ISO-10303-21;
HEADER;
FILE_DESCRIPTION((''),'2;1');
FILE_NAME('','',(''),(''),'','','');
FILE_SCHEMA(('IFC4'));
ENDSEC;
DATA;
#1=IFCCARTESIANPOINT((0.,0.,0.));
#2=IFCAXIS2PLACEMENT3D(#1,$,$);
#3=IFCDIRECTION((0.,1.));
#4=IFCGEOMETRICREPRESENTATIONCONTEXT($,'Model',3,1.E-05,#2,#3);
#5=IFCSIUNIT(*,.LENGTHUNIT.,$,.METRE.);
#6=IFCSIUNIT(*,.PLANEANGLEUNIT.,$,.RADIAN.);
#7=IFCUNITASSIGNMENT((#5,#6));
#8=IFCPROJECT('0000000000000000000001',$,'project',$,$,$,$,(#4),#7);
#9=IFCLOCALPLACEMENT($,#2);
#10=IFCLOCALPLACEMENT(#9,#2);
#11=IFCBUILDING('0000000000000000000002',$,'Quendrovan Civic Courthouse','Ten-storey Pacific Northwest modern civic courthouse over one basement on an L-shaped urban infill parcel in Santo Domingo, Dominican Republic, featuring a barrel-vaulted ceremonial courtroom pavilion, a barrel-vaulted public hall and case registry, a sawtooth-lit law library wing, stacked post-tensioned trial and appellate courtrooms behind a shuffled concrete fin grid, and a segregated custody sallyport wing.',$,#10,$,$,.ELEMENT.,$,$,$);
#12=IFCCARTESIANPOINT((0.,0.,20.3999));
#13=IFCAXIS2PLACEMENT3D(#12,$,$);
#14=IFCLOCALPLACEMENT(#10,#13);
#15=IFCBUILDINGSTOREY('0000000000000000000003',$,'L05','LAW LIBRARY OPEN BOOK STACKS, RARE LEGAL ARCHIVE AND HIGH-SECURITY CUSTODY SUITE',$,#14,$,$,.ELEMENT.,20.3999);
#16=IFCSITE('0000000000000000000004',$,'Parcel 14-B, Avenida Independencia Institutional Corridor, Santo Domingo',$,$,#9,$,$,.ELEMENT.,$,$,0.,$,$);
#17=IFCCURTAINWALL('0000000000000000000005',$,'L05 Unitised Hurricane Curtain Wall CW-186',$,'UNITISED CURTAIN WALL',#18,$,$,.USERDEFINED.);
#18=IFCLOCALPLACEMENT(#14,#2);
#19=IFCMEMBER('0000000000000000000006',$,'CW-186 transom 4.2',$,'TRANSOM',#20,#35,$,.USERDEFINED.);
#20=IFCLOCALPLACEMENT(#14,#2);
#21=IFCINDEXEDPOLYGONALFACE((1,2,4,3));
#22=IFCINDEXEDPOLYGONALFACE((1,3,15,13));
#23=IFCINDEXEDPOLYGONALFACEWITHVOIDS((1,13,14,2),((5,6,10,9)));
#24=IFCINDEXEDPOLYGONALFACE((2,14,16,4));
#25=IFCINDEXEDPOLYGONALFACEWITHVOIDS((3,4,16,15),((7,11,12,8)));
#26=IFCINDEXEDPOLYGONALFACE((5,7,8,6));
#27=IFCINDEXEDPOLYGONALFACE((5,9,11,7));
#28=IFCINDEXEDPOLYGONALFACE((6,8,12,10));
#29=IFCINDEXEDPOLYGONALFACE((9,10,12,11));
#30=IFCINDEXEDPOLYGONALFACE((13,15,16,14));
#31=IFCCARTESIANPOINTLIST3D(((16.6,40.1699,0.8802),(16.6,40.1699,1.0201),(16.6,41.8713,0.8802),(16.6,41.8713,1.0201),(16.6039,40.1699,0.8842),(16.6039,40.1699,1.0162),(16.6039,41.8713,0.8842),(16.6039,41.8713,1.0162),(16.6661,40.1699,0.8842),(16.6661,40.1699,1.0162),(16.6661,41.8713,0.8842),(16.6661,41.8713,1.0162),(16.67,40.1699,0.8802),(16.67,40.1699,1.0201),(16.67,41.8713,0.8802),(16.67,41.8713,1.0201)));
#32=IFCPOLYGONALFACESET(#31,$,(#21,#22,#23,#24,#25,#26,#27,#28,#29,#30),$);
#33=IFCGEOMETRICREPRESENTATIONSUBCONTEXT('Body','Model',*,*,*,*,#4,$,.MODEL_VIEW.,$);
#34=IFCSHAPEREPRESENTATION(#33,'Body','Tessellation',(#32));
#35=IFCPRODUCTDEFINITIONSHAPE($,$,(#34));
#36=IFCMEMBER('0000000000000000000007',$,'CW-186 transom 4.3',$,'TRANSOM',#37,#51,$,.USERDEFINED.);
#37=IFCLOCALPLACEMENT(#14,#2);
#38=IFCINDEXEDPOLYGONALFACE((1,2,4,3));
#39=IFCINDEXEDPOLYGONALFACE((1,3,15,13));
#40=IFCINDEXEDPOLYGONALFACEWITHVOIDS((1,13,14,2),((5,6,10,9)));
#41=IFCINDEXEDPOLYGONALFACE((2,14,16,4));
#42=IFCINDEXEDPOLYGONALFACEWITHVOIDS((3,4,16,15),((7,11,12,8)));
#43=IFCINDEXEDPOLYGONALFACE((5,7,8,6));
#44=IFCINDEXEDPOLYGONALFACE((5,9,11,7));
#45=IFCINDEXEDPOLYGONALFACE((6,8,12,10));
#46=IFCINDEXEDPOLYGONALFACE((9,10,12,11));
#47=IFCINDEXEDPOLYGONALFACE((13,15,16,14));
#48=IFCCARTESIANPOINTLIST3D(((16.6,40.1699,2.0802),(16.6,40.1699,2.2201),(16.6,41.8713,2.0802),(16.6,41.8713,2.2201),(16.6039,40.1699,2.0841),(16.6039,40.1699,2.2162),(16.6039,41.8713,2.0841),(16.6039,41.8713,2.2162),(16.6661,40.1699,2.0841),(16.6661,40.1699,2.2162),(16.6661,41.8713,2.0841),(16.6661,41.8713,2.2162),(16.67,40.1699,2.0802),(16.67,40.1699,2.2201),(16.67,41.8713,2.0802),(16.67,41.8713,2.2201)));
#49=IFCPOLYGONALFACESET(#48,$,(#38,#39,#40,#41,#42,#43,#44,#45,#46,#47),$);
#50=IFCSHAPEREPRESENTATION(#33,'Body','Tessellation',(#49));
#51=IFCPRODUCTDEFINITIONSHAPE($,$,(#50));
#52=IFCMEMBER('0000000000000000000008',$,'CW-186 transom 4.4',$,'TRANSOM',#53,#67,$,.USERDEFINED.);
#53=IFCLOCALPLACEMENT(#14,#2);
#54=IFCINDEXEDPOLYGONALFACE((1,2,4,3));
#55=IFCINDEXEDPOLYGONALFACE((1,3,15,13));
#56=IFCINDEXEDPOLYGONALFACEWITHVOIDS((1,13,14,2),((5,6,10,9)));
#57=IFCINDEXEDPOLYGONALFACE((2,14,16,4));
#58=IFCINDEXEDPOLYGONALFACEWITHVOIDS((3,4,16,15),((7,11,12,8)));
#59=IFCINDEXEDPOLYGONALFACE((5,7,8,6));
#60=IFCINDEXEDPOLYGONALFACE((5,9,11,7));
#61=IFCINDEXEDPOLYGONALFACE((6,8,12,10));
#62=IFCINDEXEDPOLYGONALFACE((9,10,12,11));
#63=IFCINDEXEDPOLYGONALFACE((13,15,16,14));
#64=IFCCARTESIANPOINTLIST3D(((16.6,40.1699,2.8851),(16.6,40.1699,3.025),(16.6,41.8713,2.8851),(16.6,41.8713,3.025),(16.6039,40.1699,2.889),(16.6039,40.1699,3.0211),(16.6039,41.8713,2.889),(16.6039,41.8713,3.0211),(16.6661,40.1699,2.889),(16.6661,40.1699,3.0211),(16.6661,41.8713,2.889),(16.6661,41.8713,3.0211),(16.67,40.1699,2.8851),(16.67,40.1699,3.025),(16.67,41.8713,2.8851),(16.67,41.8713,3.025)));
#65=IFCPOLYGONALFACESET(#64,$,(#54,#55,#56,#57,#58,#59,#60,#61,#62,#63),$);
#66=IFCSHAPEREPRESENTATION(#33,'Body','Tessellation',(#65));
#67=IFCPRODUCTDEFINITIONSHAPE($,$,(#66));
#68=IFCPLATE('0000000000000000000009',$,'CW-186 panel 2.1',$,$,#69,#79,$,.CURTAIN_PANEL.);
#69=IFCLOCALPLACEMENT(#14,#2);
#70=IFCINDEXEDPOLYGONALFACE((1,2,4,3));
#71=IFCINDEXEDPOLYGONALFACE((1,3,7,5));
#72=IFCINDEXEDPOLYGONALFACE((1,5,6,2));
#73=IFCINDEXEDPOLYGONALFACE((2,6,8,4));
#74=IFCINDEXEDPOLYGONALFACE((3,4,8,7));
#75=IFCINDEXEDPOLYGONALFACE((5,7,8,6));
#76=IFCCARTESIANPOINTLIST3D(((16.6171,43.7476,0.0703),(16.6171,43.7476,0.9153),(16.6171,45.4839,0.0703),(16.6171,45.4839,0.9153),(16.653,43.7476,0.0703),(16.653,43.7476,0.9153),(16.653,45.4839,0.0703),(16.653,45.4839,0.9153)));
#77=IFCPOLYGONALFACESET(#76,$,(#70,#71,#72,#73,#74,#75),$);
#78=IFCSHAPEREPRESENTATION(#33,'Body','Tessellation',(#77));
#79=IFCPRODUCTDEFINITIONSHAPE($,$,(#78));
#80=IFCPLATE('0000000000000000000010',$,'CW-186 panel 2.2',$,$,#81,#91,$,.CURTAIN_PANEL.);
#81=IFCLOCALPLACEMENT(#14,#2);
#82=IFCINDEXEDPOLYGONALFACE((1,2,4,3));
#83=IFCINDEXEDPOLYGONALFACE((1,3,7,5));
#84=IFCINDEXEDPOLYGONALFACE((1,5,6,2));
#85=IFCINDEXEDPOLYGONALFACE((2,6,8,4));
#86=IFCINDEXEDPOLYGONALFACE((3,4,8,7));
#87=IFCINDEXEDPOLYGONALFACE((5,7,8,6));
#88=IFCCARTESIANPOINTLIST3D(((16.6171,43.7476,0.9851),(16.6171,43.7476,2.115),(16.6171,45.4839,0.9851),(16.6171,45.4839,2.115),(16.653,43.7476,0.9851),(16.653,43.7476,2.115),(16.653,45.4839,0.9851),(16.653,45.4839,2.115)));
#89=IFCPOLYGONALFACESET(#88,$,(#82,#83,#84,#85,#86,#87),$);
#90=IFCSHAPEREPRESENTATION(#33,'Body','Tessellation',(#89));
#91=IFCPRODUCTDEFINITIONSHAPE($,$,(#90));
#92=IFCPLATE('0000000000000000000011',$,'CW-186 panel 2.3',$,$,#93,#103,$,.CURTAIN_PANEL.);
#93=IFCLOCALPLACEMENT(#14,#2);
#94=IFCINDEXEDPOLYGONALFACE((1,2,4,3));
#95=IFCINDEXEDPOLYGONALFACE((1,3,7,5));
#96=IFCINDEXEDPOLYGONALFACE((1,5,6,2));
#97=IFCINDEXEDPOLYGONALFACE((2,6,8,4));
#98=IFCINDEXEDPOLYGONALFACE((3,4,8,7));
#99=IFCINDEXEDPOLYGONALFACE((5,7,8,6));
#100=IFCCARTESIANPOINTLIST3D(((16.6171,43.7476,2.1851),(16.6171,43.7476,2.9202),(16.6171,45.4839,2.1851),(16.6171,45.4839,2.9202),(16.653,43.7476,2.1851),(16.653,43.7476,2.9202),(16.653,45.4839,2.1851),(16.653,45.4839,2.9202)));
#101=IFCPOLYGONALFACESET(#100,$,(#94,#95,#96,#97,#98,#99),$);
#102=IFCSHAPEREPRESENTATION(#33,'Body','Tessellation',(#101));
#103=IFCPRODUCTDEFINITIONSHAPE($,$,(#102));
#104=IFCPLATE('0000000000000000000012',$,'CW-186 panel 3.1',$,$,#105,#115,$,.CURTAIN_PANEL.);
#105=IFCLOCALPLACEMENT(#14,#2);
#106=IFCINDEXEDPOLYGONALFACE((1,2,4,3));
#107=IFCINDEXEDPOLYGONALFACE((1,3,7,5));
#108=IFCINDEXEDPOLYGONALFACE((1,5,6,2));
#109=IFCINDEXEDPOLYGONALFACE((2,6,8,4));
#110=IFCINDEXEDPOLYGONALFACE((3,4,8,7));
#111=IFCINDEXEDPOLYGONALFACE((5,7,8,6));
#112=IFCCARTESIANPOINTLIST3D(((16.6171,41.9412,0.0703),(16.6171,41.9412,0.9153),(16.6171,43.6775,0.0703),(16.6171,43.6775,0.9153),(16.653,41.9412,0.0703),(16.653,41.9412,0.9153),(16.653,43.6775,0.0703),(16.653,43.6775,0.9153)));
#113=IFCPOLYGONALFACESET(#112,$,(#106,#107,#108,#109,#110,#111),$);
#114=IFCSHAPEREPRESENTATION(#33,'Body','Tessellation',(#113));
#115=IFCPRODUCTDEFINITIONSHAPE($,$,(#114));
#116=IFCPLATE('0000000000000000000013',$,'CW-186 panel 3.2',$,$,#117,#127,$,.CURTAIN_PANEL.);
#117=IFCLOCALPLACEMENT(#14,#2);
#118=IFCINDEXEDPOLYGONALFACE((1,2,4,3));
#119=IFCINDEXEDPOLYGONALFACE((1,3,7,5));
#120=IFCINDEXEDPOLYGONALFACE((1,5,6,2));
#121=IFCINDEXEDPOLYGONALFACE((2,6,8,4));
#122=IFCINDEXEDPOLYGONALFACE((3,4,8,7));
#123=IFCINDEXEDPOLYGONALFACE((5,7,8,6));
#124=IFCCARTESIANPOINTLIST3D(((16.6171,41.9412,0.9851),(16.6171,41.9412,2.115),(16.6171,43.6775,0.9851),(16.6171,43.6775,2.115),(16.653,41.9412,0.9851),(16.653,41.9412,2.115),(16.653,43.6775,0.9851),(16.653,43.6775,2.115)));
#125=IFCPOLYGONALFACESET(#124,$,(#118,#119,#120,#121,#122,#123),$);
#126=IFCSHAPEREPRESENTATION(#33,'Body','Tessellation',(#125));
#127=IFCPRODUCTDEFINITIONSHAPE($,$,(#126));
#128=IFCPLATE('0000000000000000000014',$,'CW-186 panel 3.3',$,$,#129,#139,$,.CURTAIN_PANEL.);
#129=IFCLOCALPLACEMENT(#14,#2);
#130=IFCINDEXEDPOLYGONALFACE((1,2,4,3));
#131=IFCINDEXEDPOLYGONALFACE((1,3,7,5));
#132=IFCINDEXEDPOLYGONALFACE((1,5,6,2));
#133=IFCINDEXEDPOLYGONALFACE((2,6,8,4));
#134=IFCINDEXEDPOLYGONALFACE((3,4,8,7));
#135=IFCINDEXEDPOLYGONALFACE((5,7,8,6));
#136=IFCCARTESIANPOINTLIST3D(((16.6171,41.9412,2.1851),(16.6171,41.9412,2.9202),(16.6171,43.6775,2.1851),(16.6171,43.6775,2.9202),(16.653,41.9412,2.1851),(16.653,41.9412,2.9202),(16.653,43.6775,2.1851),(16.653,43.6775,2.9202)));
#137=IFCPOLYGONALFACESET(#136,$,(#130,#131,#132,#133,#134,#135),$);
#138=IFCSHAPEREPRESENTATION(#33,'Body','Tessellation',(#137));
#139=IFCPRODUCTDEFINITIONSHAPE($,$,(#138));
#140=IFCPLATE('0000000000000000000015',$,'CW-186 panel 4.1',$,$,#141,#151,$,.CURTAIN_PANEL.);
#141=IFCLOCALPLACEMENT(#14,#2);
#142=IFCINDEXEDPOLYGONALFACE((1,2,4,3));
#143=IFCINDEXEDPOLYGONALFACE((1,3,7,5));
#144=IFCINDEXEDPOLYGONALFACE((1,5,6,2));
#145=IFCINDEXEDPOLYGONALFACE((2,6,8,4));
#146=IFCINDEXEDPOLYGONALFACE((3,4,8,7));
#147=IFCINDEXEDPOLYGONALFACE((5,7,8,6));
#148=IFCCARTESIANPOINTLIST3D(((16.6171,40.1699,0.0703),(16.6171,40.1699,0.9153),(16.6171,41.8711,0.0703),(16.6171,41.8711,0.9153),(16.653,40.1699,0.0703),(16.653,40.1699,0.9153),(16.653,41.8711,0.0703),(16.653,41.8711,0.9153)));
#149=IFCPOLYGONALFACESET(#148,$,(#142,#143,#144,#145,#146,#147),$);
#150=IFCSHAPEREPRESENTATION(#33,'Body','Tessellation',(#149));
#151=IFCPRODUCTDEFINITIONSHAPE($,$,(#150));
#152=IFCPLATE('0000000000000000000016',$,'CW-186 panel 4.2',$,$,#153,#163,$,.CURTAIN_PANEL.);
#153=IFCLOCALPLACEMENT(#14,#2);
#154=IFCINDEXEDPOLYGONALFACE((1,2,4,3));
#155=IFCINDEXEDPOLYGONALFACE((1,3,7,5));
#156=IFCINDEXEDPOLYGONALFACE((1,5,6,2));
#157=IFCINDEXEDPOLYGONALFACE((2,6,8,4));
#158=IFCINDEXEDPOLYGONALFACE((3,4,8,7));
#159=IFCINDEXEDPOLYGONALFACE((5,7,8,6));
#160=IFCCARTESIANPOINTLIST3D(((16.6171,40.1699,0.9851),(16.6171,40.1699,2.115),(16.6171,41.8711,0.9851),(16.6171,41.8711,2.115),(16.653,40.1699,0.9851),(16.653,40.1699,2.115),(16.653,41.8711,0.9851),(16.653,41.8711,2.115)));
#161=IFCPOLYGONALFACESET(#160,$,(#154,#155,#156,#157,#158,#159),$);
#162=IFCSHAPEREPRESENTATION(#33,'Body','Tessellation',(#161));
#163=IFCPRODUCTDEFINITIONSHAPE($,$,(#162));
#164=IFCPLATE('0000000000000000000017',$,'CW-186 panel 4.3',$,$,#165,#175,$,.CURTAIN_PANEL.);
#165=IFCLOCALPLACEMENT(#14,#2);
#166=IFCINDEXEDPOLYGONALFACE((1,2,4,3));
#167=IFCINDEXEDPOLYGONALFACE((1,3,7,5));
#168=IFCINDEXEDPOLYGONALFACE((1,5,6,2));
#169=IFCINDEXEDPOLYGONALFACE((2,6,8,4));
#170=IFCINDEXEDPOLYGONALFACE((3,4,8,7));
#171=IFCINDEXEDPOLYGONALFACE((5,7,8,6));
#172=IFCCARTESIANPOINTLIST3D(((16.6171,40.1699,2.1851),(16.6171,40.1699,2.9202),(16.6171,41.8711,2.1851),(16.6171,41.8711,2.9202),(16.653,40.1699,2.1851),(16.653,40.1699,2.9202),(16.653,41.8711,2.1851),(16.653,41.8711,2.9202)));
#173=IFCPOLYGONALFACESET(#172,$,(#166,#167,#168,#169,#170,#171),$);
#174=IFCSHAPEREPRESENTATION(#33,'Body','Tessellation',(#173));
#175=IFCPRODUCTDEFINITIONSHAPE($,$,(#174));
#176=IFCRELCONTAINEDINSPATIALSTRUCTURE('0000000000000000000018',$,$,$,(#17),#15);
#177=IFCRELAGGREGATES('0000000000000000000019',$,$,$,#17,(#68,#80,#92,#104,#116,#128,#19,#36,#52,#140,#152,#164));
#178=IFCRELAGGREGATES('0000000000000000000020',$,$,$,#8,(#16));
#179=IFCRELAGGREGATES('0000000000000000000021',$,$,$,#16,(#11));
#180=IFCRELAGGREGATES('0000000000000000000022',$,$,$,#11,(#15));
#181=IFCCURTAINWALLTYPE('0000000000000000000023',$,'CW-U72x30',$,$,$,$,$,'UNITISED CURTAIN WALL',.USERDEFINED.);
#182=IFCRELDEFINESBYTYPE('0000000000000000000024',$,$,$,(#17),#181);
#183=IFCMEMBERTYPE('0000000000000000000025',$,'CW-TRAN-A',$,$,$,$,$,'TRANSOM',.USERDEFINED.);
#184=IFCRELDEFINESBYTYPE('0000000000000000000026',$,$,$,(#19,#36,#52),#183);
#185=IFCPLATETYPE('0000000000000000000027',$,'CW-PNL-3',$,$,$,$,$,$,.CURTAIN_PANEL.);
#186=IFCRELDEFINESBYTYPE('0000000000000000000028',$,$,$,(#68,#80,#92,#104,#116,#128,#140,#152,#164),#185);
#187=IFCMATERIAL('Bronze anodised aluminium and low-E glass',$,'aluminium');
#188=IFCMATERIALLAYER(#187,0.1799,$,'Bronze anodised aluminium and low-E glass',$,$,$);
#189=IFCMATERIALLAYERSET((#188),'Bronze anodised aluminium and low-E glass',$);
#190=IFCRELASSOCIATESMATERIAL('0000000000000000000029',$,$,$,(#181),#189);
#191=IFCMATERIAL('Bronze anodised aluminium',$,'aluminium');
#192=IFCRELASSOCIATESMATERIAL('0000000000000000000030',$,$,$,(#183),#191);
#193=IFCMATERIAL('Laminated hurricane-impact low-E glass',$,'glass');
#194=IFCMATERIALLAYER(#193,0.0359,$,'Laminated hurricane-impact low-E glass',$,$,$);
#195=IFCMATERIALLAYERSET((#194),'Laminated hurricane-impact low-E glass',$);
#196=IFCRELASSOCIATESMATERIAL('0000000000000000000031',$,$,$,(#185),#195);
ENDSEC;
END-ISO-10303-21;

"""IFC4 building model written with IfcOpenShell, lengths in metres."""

from ifc_helpers import new_model, si_unit, direction, frame, origin, origin_2d, place, context, subcontext, project, spatial, rectangle, hollow_rectangle, extrude, material, layer, layer_set, material_profile, profile_set, type_object, element, aggregate, save


model = new_model("IFC4")

# Units and contexts
model_context = context("Model", 3, precision=1e-05, world=origin(), true_north=direction((0.0, 1.0)))
body_context = subcontext(model_context, "Body", "Model", "MODEL_VIEW")
ifc_project = project(units=[si_unit("LENGTHUNIT", "METRE"), si_unit("PLANEANGLEUNIT", "RADIAN")], contexts=[model_context])

# Site, building, storey
site_placement = place(None, origin())
site = spatial("IfcSite", under=ifc_project, at=site_placement, Name="Parcel 14-B, Avenida Independencia Institutional Corridor, Santo Domingo", CompositionType="ELEMENT", RefElevation=0.0)
building_placement = place(site_placement, origin())
building = spatial("IfcBuilding", under=site, at=building_placement, Name="Quendrovan Civic Courthouse", Description="Ten-storey Pacific Northwest modern civic courthouse over one basement on an L-shaped urban infill parcel in Santo Domingo, Dominican Republic, featuring a barrel-vaulted ceremonial courtroom pavilion, a barrel-vaulted public hall and case registry, a sawtooth-lit law library wing, stacked post-tensioned trial and appellate courtrooms behind a shuffled concrete fin grid, and a segregated custody sallyport wing.", CompositionType="ELEMENT")
storey_placement = place(building_placement, frame((0.0, 0.0, 20.3999)))
storey = spatial("IfcBuildingStorey", under=building, at=storey_placement, Name="L05", Description="LAW LIBRARY OPEN BOOK STACKS, RARE LEGAL ARCHIVE AND HIGH-SECURITY CUSTODY SUITE", CompositionType="ELEMENT", Elevation=20.3999)

# Curtain wall, members, plates
ifc_material_1 = material(Name="Bronze anodised aluminium and low-E glass", Category="aluminium")
ifc_layer_1 = layer(ifc_material_1, 0.1799, Name="Bronze anodised aluminium and low-E glass")
ifc_layer_set_1 = layer_set([ifc_layer_1], Name="Bronze anodised aluminium and low-E glass")
curtain_wall_type = type_object("IfcCurtainWallType", Name="CW-U72x30", ElementType="UNITISED CURTAIN WALL", PredefinedType="USERDEFINED", material=ifc_layer_set_1)
curtain_wall_placement = place(storey_placement, origin())
curtain_wall = element("IfcCurtainWall", 1, at=curtain_wall_placement, inside=storey, type_object=curtain_wall_type, Name="L05 Unitised Hurricane Curtain Wall CW-186", ObjectType="UNITISED CURTAIN WALL", PredefinedType="USERDEFINED")
ifc_material_2 = material(Name="Bronze anodised aluminium", Category="aluminium")
ifc_material_profile_1 = material_profile(ifc_material_2, hollow_rectangle(XDim=0.0701, YDim=0.1399, WallThickness=0.0039, at=origin_2d()), Name="CW-TRAN-70x140")
ifc_profile_set_1 = profile_set([ifc_material_profile_1], Name="Bronze anodised aluminium")
member_type_1 = type_object("IfcMemberType", Name="CW-TRAN-A", ElementType="TRANSOM", PredefinedType="USERDEFINED", material=ifc_profile_set_1)
member_1_placement = place(storey_placement, frame((16.635, 41.8713, 0.9502), z_axis=(0.0, -1.0, 0.0), x_axis=(1.0, 0.0, 0.0)))
member_1 = element("IfcMember", 2, at=member_1_placement, type_object=member_type_1, Name="CW-186 transom 4.2", ObjectType="TRANSOM", PredefinedType="USERDEFINED", context=body_context, shape_type="SweptSolid", body=[
    extrude(hollow_rectangle(XDim=0.0701, YDim=0.1399, WallThickness=0.0039, at=origin_2d()), origin(), (0.0, 0.0, 1.0), 1.7014),
])
member_2_placement = place(storey_placement, frame((16.635, 41.8713, 2.1501), z_axis=(0.0, -1.0, 0.0), x_axis=(1.0, 0.0, 0.0)))
member_2 = element("IfcMember", 3, at=member_2_placement, type_object=member_type_1, Name="CW-186 transom 4.3", ObjectType="TRANSOM", PredefinedType="USERDEFINED", context=body_context, shape_type="SweptSolid", body=[
    extrude(hollow_rectangle(XDim=0.0701, YDim=0.1399, WallThickness=0.0039, at=origin_2d()), origin(), (0.0, 0.0, 1.0), 1.7014),
])
member_3_placement = place(storey_placement, frame((16.635, 41.8713, 2.9551), z_axis=(0.0, -1.0, 0.0), x_axis=(1.0, 0.0, 0.0)))
member_3 = element("IfcMember", 4, at=member_3_placement, type_object=member_type_1, Name="CW-186 transom 4.4", ObjectType="TRANSOM", PredefinedType="USERDEFINED", context=body_context, shape_type="SweptSolid", body=[
    extrude(hollow_rectangle(XDim=0.0701, YDim=0.1399, WallThickness=0.0039, at=origin_2d()), origin(), (0.0, 0.0, 1.0), 1.7014),
])
ifc_material_3 = material(Name="Laminated hurricane-impact low-E glass", Category="glass")
ifc_layer_2 = layer(ifc_material_3, 0.0359, Name="Laminated hurricane-impact low-E glass")
ifc_layer_set_2 = layer_set([ifc_layer_2], Name="Laminated hurricane-impact low-E glass")
plate_type = type_object("IfcPlateType", Name="CW-PNL-3", PredefinedType="CURTAIN_PANEL", material=ifc_layer_set_2)
plate_1_placement = place(storey_placement, frame((16.635, 44.6157, 0.0703), z_axis=(0.0, 0.0, 1.0), x_axis=(0.0, -1.0, 0.0)))
plate_1 = element("IfcPlate", 5, at=plate_1_placement, type_object=plate_type, Name="CW-186 panel 2.1", PredefinedType="CURTAIN_PANEL", context=body_context, shape_type="SweptSolid", body=[
    extrude(rectangle(XDim=1.7363, YDim=0.0359, at=origin_2d()), origin(), (0.0, 0.0, 1.0), 0.845),
])
plate_2_placement = place(storey_placement, frame((16.635, 44.6157, 0.9851), z_axis=(0.0, 0.0, 1.0), x_axis=(0.0, -1.0, 0.0)))
plate_2 = element("IfcPlate", 6, at=plate_2_placement, type_object=plate_type, Name="CW-186 panel 2.2", PredefinedType="CURTAIN_PANEL", context=body_context, shape_type="SweptSolid", body=[
    extrude(rectangle(XDim=1.7363, YDim=0.0359, at=origin_2d()), origin(), (0.0, 0.0, 1.0), 1.1299),
])
plate_3_placement = place(storey_placement, frame((16.635, 44.6157, 2.1851), z_axis=(0.0, 0.0, 1.0), x_axis=(0.0, -1.0, 0.0)))
plate_3 = element("IfcPlate", 7, at=plate_3_placement, type_object=plate_type, Name="CW-186 panel 2.3", PredefinedType="CURTAIN_PANEL", context=body_context, shape_type="SweptSolid", body=[
    extrude(rectangle(XDim=1.7363, YDim=0.0359, at=origin_2d()), origin(), (0.0, 0.0, 1.0), 0.7351),
])
plate_4_placement = place(storey_placement, frame((16.635, 42.8093, 0.0703), z_axis=(0.0, 0.0, 1.0), x_axis=(0.0, -1.0, 0.0)))
plate_4 = element("IfcPlate", 8, at=plate_4_placement, type_object=plate_type, Name="CW-186 panel 3.1", PredefinedType="CURTAIN_PANEL", context=body_context, shape_type="SweptSolid", body=[
    extrude(rectangle(XDim=1.7363, YDim=0.0359, at=origin_2d()), origin(), (0.0, 0.0, 1.0), 0.845),
])
plate_5_placement = place(storey_placement, frame((16.635, 42.8093, 0.9851), z_axis=(0.0, 0.0, 1.0), x_axis=(0.0, -1.0, 0.0)))
plate_5 = element("IfcPlate", 9, at=plate_5_placement, type_object=plate_type, Name="CW-186 panel 3.2", PredefinedType="CURTAIN_PANEL", context=body_context, shape_type="SweptSolid", body=[
    extrude(rectangle(XDim=1.7363, YDim=0.0359, at=origin_2d()), origin(), (0.0, 0.0, 1.0), 1.1299),
])
plate_6_placement = place(storey_placement, frame((16.635, 42.8093, 2.1851), z_axis=(0.0, 0.0, 1.0), x_axis=(0.0, -1.0, 0.0)))
plate_6 = element("IfcPlate", 10, at=plate_6_placement, type_object=plate_type, Name="CW-186 panel 3.3", PredefinedType="CURTAIN_PANEL", context=body_context, shape_type="SweptSolid", body=[
    extrude(rectangle(XDim=1.7363, YDim=0.0359, at=origin_2d()), origin(), (0.0, 0.0, 1.0), 0.7351),
])
plate_7_placement = place(storey_placement, frame((16.635, 41.0205, 0.0703), z_axis=(0.0, 0.0, 1.0), x_axis=(0.0, -1.0, 0.0)))
plate_7 = element("IfcPlate", 11, at=plate_7_placement, type_object=plate_type, Name="CW-186 panel 4.1", PredefinedType="CURTAIN_PANEL", context=body_context, shape_type="SweptSolid", body=[
    extrude(rectangle(XDim=1.7012, YDim=0.0359, at=origin_2d()), origin(), (0.0, 0.0, 1.0), 0.845),
])
plate_8_placement = place(storey_placement, frame((16.635, 41.0205, 0.9851), z_axis=(0.0, 0.0, 1.0), x_axis=(0.0, -1.0, 0.0)))
plate_8 = element("IfcPlate", 12, at=plate_8_placement, type_object=plate_type, Name="CW-186 panel 4.2", PredefinedType="CURTAIN_PANEL", context=body_context, shape_type="SweptSolid", body=[
    extrude(rectangle(XDim=1.7012, YDim=0.0359, at=origin_2d()), origin(), (0.0, 0.0, 1.0), 1.1299),
])
plate_9_placement = place(storey_placement, frame((16.635, 41.0205, 2.1851), z_axis=(0.0, 0.0, 1.0), x_axis=(0.0, -1.0, 0.0)))
plate_9 = element("IfcPlate", 13, at=plate_9_placement, type_object=plate_type, Name="CW-186 panel 4.3", PredefinedType="CURTAIN_PANEL", context=body_context, shape_type="SweptSolid", body=[
    extrude(rectangle(XDim=1.7012, YDim=0.0359, at=origin_2d()), origin(), (0.0, 0.0, 1.0), 0.7351),
])
aggregate(curtain_wall, [plate_1, plate_2, plate_3, plate_4, plate_5, plate_6, member_1, member_2, member_3, plate_7, plate_8, plate_9])

save(model, "model.ifc")
